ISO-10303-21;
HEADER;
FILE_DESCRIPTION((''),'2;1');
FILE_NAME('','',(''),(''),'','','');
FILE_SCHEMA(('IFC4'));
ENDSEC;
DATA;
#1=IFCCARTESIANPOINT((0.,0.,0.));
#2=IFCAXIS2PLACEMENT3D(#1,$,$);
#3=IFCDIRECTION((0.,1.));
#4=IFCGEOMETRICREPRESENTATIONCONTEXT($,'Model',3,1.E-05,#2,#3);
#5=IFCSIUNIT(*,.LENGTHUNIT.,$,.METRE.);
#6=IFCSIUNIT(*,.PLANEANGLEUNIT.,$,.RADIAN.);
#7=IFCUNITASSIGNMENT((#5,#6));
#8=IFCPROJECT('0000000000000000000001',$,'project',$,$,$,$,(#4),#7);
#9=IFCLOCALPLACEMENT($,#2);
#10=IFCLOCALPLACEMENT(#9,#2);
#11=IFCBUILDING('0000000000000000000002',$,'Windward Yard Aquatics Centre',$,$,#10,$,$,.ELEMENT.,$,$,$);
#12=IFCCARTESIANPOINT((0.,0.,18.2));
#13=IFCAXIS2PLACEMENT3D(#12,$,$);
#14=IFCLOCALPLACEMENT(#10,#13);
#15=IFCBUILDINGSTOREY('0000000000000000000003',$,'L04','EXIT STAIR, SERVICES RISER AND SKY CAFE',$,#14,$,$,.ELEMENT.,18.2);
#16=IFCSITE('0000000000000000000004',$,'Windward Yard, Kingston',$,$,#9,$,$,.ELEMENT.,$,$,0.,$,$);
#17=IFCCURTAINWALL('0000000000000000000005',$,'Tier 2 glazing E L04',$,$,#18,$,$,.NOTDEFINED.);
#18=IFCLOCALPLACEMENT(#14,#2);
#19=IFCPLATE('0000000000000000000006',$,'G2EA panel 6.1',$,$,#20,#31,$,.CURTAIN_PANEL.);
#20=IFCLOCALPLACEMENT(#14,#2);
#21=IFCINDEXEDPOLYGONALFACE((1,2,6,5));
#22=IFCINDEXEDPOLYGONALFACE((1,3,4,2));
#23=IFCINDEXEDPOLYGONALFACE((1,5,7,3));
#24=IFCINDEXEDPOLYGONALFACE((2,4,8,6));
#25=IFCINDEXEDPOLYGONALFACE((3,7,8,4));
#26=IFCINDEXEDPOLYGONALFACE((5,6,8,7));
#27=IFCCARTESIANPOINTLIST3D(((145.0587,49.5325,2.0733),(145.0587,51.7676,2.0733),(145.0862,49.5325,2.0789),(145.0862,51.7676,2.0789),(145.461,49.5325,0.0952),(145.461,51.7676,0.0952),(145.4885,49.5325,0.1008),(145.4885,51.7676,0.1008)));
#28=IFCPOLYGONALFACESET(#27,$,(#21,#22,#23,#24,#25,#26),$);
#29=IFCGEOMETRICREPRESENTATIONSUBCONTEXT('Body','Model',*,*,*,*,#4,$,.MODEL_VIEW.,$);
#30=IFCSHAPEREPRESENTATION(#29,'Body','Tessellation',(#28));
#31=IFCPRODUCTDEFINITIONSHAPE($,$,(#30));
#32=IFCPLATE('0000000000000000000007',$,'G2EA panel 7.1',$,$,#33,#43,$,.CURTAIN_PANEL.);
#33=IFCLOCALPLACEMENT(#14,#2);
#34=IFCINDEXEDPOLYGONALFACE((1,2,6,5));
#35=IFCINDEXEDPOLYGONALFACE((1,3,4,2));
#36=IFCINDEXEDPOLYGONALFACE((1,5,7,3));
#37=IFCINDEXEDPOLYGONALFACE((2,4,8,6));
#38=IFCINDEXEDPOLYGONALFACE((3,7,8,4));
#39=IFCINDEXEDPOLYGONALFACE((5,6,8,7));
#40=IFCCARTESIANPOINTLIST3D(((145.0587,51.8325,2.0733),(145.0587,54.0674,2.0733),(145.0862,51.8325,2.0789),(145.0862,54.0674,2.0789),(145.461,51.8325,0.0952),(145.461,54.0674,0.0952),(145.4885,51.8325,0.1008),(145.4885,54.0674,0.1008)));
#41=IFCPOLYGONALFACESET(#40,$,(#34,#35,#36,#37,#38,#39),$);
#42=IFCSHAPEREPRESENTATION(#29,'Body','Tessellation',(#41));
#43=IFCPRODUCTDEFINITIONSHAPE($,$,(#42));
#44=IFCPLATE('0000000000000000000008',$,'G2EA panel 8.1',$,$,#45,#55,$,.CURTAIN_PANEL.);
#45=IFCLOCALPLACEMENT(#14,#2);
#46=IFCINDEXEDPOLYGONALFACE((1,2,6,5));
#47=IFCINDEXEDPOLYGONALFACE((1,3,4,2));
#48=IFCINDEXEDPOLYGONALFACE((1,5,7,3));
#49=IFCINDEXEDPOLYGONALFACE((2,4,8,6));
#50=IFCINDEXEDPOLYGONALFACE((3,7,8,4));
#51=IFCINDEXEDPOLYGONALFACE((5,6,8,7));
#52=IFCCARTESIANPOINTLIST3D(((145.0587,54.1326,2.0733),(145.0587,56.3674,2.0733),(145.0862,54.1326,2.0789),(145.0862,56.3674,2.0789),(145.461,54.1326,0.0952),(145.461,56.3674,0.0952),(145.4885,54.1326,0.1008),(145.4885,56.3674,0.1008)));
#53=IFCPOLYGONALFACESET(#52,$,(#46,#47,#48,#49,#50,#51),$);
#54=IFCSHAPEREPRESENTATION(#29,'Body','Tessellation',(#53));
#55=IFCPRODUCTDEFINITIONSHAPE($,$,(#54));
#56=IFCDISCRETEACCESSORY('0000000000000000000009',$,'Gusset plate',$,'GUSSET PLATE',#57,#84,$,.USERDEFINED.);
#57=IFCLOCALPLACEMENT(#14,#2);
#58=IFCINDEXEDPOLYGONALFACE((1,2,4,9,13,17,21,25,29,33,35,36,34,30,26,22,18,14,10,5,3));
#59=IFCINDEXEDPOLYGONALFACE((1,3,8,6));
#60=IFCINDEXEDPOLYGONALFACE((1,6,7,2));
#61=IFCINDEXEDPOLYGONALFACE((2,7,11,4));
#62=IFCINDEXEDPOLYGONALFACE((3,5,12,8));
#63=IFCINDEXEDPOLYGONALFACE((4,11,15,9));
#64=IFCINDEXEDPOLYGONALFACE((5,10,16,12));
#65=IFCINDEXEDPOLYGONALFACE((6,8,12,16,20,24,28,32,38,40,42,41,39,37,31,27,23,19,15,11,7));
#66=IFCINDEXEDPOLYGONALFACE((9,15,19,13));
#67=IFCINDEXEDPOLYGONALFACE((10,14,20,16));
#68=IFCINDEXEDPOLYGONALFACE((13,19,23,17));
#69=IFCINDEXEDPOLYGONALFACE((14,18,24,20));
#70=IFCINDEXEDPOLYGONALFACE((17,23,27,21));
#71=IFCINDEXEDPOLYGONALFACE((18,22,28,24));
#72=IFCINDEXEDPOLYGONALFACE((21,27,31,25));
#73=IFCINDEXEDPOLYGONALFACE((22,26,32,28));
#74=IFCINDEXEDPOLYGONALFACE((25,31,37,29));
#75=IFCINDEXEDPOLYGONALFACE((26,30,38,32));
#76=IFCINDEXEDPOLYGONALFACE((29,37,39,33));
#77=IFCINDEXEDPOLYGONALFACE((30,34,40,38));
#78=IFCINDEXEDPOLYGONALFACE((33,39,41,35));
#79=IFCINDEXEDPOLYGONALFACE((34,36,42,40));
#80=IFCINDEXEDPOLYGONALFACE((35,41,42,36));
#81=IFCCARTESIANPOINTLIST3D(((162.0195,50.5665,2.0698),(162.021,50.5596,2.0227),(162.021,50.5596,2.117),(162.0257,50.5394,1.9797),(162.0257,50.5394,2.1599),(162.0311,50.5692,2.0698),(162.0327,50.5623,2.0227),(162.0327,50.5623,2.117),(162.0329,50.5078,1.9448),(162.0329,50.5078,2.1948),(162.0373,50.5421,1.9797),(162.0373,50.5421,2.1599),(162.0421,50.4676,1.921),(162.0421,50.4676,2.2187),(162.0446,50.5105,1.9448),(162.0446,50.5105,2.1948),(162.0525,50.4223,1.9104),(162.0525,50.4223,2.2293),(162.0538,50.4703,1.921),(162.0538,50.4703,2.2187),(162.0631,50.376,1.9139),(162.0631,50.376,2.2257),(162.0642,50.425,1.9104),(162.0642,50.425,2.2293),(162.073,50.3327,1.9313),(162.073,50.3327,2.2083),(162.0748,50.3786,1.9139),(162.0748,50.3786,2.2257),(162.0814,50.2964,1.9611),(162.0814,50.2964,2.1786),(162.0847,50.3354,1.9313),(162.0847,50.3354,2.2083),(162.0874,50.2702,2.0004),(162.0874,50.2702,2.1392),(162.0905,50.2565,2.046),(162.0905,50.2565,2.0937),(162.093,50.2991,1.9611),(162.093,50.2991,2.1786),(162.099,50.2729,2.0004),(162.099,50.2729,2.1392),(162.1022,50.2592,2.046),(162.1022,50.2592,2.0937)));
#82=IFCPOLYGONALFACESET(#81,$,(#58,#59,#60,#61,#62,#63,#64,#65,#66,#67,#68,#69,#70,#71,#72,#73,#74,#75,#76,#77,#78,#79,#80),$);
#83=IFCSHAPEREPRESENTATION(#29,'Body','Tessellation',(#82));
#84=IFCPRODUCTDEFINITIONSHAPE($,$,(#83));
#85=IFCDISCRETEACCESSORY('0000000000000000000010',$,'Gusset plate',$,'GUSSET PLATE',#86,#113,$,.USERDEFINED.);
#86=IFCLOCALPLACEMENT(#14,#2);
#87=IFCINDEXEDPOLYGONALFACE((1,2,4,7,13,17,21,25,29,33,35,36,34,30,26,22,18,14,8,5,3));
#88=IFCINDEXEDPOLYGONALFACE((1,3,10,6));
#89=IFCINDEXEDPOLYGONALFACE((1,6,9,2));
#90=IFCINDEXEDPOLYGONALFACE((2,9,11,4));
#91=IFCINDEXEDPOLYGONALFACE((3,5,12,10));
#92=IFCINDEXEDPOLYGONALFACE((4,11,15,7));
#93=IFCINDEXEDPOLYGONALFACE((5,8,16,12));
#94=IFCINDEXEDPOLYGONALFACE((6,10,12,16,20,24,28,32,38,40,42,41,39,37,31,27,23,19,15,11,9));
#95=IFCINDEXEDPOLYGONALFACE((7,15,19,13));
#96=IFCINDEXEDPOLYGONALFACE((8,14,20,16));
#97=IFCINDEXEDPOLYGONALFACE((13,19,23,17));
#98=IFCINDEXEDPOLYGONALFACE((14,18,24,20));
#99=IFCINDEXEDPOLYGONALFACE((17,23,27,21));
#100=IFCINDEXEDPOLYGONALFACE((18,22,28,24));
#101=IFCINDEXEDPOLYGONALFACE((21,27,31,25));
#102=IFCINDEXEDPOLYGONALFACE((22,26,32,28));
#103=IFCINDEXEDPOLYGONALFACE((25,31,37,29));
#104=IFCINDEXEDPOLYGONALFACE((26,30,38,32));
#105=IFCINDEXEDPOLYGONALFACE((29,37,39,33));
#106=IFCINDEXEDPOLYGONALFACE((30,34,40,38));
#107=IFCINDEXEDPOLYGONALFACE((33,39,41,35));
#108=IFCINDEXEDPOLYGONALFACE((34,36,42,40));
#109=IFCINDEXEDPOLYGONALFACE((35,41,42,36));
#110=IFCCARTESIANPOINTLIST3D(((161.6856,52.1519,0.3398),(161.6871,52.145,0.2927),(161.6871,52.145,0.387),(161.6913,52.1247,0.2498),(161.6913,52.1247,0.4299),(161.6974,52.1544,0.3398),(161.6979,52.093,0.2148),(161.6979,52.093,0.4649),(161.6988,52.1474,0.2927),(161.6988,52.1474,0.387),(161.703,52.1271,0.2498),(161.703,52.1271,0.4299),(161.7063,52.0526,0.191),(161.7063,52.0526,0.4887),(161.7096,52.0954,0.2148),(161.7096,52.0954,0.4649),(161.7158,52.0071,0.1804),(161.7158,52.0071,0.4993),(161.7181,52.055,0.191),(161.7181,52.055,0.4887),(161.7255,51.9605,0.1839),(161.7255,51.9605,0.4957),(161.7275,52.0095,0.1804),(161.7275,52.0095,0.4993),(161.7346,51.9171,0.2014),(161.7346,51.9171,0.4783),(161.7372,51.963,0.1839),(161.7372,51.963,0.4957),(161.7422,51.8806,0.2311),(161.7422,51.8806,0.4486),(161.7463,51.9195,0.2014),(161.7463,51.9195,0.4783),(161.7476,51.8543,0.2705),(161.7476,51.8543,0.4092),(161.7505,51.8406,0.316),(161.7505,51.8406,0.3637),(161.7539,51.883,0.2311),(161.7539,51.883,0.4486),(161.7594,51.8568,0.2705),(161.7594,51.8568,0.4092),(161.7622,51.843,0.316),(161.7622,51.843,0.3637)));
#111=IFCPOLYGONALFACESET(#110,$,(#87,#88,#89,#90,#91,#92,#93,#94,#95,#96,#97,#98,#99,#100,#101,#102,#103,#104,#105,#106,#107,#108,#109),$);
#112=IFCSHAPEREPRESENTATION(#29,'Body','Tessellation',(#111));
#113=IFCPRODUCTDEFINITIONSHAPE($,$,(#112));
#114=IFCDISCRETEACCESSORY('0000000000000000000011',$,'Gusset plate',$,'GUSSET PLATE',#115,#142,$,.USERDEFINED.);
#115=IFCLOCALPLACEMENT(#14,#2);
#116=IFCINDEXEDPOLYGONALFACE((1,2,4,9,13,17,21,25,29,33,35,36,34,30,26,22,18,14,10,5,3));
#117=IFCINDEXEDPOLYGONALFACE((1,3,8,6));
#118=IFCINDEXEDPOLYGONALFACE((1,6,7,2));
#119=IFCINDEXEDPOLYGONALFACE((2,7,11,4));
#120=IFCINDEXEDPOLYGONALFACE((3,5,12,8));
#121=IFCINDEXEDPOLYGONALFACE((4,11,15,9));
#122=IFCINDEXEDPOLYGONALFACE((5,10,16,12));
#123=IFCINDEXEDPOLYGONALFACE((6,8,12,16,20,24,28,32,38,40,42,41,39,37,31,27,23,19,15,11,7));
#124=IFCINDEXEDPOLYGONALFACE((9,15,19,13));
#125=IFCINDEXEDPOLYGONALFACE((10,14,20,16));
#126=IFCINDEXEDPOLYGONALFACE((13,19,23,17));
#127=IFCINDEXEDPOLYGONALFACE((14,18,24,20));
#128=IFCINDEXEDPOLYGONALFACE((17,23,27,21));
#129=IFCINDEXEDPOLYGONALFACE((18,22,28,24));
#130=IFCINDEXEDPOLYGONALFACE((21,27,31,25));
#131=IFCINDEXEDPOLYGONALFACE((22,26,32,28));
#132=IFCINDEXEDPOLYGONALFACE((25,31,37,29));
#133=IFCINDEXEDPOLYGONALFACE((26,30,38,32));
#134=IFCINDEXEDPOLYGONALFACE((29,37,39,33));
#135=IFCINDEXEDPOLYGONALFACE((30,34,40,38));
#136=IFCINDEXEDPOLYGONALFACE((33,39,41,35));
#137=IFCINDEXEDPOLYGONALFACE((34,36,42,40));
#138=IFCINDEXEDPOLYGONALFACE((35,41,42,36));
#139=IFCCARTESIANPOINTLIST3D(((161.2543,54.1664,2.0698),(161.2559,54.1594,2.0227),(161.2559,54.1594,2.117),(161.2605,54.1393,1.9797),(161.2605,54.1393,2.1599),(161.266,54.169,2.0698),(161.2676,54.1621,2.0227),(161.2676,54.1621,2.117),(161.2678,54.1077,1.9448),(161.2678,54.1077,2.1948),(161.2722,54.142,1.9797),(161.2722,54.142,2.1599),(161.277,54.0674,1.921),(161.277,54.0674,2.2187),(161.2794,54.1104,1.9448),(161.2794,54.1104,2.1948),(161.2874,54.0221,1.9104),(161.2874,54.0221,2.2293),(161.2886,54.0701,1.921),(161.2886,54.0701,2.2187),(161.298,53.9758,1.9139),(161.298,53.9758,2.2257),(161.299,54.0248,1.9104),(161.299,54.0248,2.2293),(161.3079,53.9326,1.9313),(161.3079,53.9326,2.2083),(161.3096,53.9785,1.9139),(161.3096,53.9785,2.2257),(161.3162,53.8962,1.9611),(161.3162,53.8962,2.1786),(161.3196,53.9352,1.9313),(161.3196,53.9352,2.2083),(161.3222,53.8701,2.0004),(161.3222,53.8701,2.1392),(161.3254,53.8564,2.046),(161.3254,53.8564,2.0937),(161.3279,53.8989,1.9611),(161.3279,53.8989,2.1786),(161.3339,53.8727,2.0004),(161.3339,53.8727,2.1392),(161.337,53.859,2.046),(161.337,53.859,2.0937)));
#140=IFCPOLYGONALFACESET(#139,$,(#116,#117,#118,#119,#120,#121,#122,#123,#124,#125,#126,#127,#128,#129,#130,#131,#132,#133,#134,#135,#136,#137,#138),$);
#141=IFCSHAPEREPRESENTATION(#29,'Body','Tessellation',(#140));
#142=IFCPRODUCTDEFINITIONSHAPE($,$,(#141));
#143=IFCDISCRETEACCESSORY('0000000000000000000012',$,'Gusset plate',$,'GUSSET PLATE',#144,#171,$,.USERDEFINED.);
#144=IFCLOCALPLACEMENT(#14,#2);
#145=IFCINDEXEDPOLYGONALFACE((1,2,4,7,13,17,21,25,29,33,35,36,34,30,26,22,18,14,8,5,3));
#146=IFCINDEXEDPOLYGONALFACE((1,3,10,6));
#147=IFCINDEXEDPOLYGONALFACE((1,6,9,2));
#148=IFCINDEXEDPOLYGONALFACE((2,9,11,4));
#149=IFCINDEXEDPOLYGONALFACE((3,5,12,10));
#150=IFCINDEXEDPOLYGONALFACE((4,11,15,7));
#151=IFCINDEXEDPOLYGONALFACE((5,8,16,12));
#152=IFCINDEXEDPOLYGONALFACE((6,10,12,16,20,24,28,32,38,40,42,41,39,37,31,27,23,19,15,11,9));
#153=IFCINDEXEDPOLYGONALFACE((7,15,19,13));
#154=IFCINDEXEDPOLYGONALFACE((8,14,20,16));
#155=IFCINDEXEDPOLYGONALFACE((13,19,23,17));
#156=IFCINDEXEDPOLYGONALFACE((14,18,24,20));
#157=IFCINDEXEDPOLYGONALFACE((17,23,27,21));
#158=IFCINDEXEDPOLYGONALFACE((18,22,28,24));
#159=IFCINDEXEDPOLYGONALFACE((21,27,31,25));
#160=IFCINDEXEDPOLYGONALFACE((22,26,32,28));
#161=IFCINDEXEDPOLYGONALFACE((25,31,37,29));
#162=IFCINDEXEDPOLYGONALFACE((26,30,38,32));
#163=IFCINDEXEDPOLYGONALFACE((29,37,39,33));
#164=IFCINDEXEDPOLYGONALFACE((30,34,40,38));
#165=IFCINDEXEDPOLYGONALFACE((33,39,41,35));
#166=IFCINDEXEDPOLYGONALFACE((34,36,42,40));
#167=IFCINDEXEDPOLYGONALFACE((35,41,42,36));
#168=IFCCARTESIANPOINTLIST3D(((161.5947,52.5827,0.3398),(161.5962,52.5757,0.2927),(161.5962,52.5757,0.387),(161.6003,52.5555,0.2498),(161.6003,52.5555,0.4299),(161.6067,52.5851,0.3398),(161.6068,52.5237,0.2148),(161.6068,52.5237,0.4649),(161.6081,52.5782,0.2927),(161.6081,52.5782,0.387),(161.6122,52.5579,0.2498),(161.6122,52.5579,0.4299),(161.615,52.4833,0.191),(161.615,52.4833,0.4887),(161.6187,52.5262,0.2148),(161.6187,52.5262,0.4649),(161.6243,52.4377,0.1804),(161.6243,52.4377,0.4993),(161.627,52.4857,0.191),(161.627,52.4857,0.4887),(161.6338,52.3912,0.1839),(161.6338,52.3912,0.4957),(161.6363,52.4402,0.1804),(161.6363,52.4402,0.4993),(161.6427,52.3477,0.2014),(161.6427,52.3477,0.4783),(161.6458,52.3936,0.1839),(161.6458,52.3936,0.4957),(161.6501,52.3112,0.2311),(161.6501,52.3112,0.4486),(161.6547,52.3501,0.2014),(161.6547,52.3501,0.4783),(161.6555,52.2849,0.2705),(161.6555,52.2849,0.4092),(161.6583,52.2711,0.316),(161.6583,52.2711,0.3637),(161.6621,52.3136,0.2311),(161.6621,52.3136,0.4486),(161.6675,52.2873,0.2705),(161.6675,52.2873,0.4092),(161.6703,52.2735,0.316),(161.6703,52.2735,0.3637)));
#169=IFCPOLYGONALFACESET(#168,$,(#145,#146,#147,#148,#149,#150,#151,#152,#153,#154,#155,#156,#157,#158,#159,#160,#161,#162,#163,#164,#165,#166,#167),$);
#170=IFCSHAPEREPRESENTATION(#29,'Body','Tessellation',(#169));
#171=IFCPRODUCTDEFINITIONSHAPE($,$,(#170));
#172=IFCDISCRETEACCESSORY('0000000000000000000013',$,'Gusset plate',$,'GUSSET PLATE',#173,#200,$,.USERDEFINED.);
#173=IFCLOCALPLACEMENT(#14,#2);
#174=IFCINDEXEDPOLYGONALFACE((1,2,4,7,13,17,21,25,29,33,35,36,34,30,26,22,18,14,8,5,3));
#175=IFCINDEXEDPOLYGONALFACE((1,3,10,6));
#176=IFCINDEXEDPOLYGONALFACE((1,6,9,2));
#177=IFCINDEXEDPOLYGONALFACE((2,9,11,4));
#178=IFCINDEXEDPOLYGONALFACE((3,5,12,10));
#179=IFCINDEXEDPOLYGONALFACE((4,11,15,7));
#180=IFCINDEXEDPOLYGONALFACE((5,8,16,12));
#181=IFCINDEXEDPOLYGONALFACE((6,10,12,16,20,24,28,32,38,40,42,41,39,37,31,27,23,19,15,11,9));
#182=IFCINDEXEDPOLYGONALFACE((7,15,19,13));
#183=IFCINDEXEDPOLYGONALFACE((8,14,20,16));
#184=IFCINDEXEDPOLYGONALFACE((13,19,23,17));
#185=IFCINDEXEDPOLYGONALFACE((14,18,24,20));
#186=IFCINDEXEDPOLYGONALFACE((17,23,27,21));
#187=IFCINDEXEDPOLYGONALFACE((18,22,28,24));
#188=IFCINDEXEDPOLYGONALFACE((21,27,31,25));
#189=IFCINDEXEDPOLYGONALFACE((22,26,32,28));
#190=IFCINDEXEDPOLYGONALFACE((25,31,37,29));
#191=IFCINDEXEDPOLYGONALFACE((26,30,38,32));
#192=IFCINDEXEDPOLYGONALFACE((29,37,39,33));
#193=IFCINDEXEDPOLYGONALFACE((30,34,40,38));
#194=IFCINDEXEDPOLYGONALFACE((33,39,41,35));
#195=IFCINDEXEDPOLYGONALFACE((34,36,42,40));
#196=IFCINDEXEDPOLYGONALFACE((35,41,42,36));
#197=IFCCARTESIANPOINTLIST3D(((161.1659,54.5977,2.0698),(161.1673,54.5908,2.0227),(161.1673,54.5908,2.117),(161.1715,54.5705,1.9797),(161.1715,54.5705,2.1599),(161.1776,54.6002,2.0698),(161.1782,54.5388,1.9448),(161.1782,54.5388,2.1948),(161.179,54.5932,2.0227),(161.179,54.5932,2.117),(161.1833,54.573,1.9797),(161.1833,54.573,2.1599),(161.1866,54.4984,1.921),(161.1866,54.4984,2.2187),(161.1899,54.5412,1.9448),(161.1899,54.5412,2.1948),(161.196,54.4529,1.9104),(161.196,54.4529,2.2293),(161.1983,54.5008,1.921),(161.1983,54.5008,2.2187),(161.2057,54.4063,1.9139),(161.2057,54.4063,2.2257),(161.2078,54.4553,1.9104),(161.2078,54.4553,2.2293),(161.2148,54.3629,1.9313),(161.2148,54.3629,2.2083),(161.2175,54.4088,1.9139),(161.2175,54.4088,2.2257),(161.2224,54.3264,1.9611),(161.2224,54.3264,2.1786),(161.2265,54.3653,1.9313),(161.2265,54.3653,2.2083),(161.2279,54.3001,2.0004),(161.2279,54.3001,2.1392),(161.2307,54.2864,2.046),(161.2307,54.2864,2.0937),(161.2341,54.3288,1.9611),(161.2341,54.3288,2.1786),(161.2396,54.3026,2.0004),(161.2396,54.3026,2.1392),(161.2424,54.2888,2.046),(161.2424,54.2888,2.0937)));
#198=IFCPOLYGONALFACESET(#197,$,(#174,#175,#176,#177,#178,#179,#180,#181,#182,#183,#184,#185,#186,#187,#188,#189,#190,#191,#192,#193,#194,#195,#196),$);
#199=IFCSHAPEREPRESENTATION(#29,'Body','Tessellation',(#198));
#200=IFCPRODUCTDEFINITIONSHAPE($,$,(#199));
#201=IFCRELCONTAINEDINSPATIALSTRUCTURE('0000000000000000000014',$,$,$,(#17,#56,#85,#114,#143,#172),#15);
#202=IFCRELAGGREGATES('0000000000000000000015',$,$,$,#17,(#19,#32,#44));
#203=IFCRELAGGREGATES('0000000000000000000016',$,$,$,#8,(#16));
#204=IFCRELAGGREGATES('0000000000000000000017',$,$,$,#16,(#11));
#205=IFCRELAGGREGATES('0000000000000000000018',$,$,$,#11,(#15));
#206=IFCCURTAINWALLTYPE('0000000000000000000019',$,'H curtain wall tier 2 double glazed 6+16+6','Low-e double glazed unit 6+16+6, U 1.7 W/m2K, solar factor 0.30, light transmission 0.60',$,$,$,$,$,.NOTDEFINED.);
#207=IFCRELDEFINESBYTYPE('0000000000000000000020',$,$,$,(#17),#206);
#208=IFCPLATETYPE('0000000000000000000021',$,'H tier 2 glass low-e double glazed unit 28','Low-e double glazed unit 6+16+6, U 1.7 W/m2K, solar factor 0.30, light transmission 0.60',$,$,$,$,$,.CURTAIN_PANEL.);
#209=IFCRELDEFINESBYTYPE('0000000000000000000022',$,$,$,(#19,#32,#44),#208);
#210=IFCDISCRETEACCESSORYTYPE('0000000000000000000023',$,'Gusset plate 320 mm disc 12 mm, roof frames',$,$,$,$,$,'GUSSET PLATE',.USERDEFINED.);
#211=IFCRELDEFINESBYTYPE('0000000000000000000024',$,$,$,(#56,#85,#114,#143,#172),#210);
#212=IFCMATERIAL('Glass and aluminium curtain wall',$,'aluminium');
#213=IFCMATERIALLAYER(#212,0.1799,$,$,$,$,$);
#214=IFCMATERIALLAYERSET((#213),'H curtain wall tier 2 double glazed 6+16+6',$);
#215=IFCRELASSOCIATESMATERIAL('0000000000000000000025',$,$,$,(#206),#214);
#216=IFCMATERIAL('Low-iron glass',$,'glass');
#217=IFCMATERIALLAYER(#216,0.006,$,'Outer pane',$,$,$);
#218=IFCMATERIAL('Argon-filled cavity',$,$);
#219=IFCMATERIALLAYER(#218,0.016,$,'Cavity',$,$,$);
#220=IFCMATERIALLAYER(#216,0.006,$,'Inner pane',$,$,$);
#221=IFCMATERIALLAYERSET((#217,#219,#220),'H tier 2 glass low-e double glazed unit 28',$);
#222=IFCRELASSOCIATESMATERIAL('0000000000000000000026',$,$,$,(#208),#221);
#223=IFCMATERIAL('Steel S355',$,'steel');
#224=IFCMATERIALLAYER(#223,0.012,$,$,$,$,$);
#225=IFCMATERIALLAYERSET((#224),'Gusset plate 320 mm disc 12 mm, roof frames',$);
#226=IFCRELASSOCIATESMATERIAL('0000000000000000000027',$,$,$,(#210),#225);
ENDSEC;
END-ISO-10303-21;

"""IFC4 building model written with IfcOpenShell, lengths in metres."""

from ifc_helpers import new_model, si_unit, direction, frame, origin, origin_2d, place, context, subcontext, project, spatial, polyline, circle, outline, extrude, material, layer, layer_set, type_object, element, aggregate, save


model = new_model("IFC4")

# Units and contexts
model_context = context("Model", 3, precision=1e-05, world=origin(), true_north=direction((0.0, 1.0)))
body_context = subcontext(model_context, "Body", "Model", "MODEL_VIEW")
ifc_project = project(units=[si_unit("LENGTHUNIT", "METRE"), si_unit("PLANEANGLEUNIT", "RADIAN")], contexts=[model_context])

# Site, building, storey
site_placement = place(None, origin())
site = spatial("IfcSite", under=ifc_project, at=site_placement, Name="Windward Yard, Kingston", CompositionType="ELEMENT", RefElevation=0.0)
building_placement = place(site_placement, origin())
building = spatial("IfcBuilding", under=site, at=building_placement, Name="Windward Yard Aquatics Centre", CompositionType="ELEMENT")
storey_placement = place(building_placement, frame((0.0, 0.0, 18.2)))
storey = spatial("IfcBuildingStorey", under=building, at=storey_placement, Name="L04", Description="EXIT STAIR, SERVICES RISER AND SKY CAFE", CompositionType="ELEMENT", Elevation=18.2)

# Curtain wall
ifc_material_1 = material(Name="Glass and aluminium curtain wall", Category="aluminium")
ifc_layer_1 = layer(ifc_material_1, 0.1799)
ifc_layer_set_1 = layer_set([ifc_layer_1], Name="H curtain wall tier 2 double glazed 6+16+6")
curtain_wall_type = type_object("IfcCurtainWallType", Name="H curtain wall tier 2 double glazed 6+16+6", Description="Low-e double glazed unit 6+16+6, U 1.7 W/m2K, solar factor 0.30, light transmission 0.60", PredefinedType="NOTDEFINED", material=ifc_layer_set_1)
curtain_wall_placement = place(storey_placement, origin())
curtain_wall = element("IfcCurtainWall", 1, at=curtain_wall_placement, inside=storey, type_object=curtain_wall_type, Name="Tier 2 glazing E L04", PredefinedType="NOTDEFINED")

# Plates
ifc_material_2 = material(Name="Low-iron glass", Category="glass")
ifc_layer_2 = layer(ifc_material_2, 0.006, Name="Outer pane")
ifc_material_3 = material(Name="Argon-filled cavity")
ifc_layer_3 = layer(ifc_material_3, 0.016, Name="Cavity")
ifc_layer_4 = layer(ifc_material_2, 0.006, Name="Inner pane")
ifc_layer_set_2 = layer_set([ifc_layer_2, ifc_layer_3, ifc_layer_4], Name="H tier 2 glass low-e double glazed unit 28")
plate_type = type_object("IfcPlateType", Name="H tier 2 glass low-e double glazed unit 28", Description="Low-e double glazed unit 6+16+6, U 1.7 W/m2K, solar factor 0.30, light transmission 0.60", PredefinedType="CURTAIN_PANEL", material=ifc_layer_set_2)
plate_1_placement = place(storey_placement, frame((145.0862, 49.5325, 2.0789), z_axis=(0.979933, 0.0, 0.199325), x_axis=(0.199325, 0.0, -0.979933)))
plate_1 = element("IfcPlate", 2, at=plate_1_placement, type_object=plate_type, Name="G2EA panel 6.1", PredefinedType="CURTAIN_PANEL", context=body_context, shape_type="SweptSolid", body=[
    extrude(outline(polyline([(0.0, 0.0), (2.0185, 0.0), (2.0185, 2.2351), (0.0, 2.2351), (0.0, 0.0)])), origin(), (0.0, 0.0, -1.0), 0.0281),
])
plate_2_placement = place(storey_placement, frame((145.0862, 51.8325, 2.0789), z_axis=(0.979933, 0.0, 0.199325), x_axis=(0.199325, 0.0, -0.979933)))
plate_2 = element("IfcPlate", 3, at=plate_2_placement, type_object=plate_type, Name="G2EA panel 7.1", PredefinedType="CURTAIN_PANEL", context=body_context, shape_type="SweptSolid", body=[
    extrude(outline(polyline([(0.0, 0.0), (2.0185, 0.0), (2.0185, 2.2349), (0.0, 2.2349), (0.0, 0.0)])), origin(), (0.0, 0.0, -1.0), 0.0281),
])
plate_3_placement = place(storey_placement, frame((145.0862, 54.1326, 2.0789), z_axis=(0.979933, 0.0, 0.199325), x_axis=(0.199325, 0.0, -0.979933)))
plate_3 = element("IfcPlate", 4, at=plate_3_placement, type_object=plate_type, Name="G2EA panel 8.1", PredefinedType="CURTAIN_PANEL", context=body_context, shape_type="SweptSolid", body=[
    extrude(outline(polyline([(0.0, 0.0), (2.0185, 0.0), (2.0185, 2.2349), (0.0, 2.2349), (0.0, 0.0)])), origin(), (0.0, 0.0, -1.0), 0.0281),
])
aggregate(curtain_wall, [plate_1, plate_2, plate_3])

# Discrete accessories
ifc_material_4 = material(Name="Steel S355", Category="steel")
ifc_layer_5 = layer(ifc_material_4, 0.012)
ifc_layer_set_3 = layer_set([ifc_layer_5], Name="Gusset plate 320 mm disc 12 mm, roof frames")
discrete_accessory_type = type_object("IfcDiscreteAccessoryType", Name="Gusset plate 320 mm disc 12 mm, roof frames", ElementType="GUSSET PLATE", PredefinedType="USERDEFINED", material=ifc_layer_set_3)
for number, where, z_axis, x_axis, name in (
    (5, (162.0552, 50.4106, 2.0698), (0.974732, 0.223376, 0.0), (-0.223376, 0.974732, 0.0), "Gusset plate"),
    (6, (161.7183, 51.9954, 0.3398), (0.97898, 0.203954, 0.0), (-0.203954, 0.97898, 0.0), "Gusset plate"),
    (7, (161.29, 54.0105, 2.0698), (0.974732, 0.223376, 0.0), (-0.223376, 0.974732, 0.0), "Gusset plate"),
):
    element("IfcDiscreteAccessory", number, at=place(storey_placement, frame(where, z_axis=z_axis, x_axis=x_axis)), inside=storey, type_object=discrete_accessory_type, Name=name, ObjectType="GUSSET PLATE", PredefinedType="USERDEFINED", context=body_context, shape_type="SweptSolid", body=[
        extrude(circle(Radius=0.1599, at=origin_2d()), origin(), (0.0, 0.0, 1.0), 0.012),
    ])
discrete_accessory_1_placement = place(storey_placement, frame((161.6267, 52.426, 0.3398), z_axis=(0.979804, 0.19996, 0.0), x_axis=(-0.19996, 0.979804, 0.0)))
element("IfcDiscreteAccessory", 8, at=discrete_accessory_1_placement, inside=storey, type_object=discrete_accessory_type, Name="Gusset plate", ObjectType="GUSSET PLATE", PredefinedType="USERDEFINED", context=body_context, shape_type="SweptSolid", body=[
    extrude(circle(Radius=0.1599, at=origin_2d()), origin(), (0.0, 0.0, 1.0), 0.0122),
])
discrete_accessory_2_placement = place(storey_placement, frame((161.1985, 54.4412, 2.0698), z_axis=(0.97898, 0.203954, 0.0), x_axis=(-0.203954, 0.97898, 0.0)))
element("IfcDiscreteAccessory", 9, at=discrete_accessory_2_placement, inside=storey, type_object=discrete_accessory_type, Name="Gusset plate", ObjectType="GUSSET PLATE", PredefinedType="USERDEFINED", context=body_context, shape_type="SweptSolid", body=[
    extrude(circle(Radius=0.1599, at=origin_2d()), origin(), (0.0, 0.0, 1.0), 0.012),
])

save(model, "model.ifc")
